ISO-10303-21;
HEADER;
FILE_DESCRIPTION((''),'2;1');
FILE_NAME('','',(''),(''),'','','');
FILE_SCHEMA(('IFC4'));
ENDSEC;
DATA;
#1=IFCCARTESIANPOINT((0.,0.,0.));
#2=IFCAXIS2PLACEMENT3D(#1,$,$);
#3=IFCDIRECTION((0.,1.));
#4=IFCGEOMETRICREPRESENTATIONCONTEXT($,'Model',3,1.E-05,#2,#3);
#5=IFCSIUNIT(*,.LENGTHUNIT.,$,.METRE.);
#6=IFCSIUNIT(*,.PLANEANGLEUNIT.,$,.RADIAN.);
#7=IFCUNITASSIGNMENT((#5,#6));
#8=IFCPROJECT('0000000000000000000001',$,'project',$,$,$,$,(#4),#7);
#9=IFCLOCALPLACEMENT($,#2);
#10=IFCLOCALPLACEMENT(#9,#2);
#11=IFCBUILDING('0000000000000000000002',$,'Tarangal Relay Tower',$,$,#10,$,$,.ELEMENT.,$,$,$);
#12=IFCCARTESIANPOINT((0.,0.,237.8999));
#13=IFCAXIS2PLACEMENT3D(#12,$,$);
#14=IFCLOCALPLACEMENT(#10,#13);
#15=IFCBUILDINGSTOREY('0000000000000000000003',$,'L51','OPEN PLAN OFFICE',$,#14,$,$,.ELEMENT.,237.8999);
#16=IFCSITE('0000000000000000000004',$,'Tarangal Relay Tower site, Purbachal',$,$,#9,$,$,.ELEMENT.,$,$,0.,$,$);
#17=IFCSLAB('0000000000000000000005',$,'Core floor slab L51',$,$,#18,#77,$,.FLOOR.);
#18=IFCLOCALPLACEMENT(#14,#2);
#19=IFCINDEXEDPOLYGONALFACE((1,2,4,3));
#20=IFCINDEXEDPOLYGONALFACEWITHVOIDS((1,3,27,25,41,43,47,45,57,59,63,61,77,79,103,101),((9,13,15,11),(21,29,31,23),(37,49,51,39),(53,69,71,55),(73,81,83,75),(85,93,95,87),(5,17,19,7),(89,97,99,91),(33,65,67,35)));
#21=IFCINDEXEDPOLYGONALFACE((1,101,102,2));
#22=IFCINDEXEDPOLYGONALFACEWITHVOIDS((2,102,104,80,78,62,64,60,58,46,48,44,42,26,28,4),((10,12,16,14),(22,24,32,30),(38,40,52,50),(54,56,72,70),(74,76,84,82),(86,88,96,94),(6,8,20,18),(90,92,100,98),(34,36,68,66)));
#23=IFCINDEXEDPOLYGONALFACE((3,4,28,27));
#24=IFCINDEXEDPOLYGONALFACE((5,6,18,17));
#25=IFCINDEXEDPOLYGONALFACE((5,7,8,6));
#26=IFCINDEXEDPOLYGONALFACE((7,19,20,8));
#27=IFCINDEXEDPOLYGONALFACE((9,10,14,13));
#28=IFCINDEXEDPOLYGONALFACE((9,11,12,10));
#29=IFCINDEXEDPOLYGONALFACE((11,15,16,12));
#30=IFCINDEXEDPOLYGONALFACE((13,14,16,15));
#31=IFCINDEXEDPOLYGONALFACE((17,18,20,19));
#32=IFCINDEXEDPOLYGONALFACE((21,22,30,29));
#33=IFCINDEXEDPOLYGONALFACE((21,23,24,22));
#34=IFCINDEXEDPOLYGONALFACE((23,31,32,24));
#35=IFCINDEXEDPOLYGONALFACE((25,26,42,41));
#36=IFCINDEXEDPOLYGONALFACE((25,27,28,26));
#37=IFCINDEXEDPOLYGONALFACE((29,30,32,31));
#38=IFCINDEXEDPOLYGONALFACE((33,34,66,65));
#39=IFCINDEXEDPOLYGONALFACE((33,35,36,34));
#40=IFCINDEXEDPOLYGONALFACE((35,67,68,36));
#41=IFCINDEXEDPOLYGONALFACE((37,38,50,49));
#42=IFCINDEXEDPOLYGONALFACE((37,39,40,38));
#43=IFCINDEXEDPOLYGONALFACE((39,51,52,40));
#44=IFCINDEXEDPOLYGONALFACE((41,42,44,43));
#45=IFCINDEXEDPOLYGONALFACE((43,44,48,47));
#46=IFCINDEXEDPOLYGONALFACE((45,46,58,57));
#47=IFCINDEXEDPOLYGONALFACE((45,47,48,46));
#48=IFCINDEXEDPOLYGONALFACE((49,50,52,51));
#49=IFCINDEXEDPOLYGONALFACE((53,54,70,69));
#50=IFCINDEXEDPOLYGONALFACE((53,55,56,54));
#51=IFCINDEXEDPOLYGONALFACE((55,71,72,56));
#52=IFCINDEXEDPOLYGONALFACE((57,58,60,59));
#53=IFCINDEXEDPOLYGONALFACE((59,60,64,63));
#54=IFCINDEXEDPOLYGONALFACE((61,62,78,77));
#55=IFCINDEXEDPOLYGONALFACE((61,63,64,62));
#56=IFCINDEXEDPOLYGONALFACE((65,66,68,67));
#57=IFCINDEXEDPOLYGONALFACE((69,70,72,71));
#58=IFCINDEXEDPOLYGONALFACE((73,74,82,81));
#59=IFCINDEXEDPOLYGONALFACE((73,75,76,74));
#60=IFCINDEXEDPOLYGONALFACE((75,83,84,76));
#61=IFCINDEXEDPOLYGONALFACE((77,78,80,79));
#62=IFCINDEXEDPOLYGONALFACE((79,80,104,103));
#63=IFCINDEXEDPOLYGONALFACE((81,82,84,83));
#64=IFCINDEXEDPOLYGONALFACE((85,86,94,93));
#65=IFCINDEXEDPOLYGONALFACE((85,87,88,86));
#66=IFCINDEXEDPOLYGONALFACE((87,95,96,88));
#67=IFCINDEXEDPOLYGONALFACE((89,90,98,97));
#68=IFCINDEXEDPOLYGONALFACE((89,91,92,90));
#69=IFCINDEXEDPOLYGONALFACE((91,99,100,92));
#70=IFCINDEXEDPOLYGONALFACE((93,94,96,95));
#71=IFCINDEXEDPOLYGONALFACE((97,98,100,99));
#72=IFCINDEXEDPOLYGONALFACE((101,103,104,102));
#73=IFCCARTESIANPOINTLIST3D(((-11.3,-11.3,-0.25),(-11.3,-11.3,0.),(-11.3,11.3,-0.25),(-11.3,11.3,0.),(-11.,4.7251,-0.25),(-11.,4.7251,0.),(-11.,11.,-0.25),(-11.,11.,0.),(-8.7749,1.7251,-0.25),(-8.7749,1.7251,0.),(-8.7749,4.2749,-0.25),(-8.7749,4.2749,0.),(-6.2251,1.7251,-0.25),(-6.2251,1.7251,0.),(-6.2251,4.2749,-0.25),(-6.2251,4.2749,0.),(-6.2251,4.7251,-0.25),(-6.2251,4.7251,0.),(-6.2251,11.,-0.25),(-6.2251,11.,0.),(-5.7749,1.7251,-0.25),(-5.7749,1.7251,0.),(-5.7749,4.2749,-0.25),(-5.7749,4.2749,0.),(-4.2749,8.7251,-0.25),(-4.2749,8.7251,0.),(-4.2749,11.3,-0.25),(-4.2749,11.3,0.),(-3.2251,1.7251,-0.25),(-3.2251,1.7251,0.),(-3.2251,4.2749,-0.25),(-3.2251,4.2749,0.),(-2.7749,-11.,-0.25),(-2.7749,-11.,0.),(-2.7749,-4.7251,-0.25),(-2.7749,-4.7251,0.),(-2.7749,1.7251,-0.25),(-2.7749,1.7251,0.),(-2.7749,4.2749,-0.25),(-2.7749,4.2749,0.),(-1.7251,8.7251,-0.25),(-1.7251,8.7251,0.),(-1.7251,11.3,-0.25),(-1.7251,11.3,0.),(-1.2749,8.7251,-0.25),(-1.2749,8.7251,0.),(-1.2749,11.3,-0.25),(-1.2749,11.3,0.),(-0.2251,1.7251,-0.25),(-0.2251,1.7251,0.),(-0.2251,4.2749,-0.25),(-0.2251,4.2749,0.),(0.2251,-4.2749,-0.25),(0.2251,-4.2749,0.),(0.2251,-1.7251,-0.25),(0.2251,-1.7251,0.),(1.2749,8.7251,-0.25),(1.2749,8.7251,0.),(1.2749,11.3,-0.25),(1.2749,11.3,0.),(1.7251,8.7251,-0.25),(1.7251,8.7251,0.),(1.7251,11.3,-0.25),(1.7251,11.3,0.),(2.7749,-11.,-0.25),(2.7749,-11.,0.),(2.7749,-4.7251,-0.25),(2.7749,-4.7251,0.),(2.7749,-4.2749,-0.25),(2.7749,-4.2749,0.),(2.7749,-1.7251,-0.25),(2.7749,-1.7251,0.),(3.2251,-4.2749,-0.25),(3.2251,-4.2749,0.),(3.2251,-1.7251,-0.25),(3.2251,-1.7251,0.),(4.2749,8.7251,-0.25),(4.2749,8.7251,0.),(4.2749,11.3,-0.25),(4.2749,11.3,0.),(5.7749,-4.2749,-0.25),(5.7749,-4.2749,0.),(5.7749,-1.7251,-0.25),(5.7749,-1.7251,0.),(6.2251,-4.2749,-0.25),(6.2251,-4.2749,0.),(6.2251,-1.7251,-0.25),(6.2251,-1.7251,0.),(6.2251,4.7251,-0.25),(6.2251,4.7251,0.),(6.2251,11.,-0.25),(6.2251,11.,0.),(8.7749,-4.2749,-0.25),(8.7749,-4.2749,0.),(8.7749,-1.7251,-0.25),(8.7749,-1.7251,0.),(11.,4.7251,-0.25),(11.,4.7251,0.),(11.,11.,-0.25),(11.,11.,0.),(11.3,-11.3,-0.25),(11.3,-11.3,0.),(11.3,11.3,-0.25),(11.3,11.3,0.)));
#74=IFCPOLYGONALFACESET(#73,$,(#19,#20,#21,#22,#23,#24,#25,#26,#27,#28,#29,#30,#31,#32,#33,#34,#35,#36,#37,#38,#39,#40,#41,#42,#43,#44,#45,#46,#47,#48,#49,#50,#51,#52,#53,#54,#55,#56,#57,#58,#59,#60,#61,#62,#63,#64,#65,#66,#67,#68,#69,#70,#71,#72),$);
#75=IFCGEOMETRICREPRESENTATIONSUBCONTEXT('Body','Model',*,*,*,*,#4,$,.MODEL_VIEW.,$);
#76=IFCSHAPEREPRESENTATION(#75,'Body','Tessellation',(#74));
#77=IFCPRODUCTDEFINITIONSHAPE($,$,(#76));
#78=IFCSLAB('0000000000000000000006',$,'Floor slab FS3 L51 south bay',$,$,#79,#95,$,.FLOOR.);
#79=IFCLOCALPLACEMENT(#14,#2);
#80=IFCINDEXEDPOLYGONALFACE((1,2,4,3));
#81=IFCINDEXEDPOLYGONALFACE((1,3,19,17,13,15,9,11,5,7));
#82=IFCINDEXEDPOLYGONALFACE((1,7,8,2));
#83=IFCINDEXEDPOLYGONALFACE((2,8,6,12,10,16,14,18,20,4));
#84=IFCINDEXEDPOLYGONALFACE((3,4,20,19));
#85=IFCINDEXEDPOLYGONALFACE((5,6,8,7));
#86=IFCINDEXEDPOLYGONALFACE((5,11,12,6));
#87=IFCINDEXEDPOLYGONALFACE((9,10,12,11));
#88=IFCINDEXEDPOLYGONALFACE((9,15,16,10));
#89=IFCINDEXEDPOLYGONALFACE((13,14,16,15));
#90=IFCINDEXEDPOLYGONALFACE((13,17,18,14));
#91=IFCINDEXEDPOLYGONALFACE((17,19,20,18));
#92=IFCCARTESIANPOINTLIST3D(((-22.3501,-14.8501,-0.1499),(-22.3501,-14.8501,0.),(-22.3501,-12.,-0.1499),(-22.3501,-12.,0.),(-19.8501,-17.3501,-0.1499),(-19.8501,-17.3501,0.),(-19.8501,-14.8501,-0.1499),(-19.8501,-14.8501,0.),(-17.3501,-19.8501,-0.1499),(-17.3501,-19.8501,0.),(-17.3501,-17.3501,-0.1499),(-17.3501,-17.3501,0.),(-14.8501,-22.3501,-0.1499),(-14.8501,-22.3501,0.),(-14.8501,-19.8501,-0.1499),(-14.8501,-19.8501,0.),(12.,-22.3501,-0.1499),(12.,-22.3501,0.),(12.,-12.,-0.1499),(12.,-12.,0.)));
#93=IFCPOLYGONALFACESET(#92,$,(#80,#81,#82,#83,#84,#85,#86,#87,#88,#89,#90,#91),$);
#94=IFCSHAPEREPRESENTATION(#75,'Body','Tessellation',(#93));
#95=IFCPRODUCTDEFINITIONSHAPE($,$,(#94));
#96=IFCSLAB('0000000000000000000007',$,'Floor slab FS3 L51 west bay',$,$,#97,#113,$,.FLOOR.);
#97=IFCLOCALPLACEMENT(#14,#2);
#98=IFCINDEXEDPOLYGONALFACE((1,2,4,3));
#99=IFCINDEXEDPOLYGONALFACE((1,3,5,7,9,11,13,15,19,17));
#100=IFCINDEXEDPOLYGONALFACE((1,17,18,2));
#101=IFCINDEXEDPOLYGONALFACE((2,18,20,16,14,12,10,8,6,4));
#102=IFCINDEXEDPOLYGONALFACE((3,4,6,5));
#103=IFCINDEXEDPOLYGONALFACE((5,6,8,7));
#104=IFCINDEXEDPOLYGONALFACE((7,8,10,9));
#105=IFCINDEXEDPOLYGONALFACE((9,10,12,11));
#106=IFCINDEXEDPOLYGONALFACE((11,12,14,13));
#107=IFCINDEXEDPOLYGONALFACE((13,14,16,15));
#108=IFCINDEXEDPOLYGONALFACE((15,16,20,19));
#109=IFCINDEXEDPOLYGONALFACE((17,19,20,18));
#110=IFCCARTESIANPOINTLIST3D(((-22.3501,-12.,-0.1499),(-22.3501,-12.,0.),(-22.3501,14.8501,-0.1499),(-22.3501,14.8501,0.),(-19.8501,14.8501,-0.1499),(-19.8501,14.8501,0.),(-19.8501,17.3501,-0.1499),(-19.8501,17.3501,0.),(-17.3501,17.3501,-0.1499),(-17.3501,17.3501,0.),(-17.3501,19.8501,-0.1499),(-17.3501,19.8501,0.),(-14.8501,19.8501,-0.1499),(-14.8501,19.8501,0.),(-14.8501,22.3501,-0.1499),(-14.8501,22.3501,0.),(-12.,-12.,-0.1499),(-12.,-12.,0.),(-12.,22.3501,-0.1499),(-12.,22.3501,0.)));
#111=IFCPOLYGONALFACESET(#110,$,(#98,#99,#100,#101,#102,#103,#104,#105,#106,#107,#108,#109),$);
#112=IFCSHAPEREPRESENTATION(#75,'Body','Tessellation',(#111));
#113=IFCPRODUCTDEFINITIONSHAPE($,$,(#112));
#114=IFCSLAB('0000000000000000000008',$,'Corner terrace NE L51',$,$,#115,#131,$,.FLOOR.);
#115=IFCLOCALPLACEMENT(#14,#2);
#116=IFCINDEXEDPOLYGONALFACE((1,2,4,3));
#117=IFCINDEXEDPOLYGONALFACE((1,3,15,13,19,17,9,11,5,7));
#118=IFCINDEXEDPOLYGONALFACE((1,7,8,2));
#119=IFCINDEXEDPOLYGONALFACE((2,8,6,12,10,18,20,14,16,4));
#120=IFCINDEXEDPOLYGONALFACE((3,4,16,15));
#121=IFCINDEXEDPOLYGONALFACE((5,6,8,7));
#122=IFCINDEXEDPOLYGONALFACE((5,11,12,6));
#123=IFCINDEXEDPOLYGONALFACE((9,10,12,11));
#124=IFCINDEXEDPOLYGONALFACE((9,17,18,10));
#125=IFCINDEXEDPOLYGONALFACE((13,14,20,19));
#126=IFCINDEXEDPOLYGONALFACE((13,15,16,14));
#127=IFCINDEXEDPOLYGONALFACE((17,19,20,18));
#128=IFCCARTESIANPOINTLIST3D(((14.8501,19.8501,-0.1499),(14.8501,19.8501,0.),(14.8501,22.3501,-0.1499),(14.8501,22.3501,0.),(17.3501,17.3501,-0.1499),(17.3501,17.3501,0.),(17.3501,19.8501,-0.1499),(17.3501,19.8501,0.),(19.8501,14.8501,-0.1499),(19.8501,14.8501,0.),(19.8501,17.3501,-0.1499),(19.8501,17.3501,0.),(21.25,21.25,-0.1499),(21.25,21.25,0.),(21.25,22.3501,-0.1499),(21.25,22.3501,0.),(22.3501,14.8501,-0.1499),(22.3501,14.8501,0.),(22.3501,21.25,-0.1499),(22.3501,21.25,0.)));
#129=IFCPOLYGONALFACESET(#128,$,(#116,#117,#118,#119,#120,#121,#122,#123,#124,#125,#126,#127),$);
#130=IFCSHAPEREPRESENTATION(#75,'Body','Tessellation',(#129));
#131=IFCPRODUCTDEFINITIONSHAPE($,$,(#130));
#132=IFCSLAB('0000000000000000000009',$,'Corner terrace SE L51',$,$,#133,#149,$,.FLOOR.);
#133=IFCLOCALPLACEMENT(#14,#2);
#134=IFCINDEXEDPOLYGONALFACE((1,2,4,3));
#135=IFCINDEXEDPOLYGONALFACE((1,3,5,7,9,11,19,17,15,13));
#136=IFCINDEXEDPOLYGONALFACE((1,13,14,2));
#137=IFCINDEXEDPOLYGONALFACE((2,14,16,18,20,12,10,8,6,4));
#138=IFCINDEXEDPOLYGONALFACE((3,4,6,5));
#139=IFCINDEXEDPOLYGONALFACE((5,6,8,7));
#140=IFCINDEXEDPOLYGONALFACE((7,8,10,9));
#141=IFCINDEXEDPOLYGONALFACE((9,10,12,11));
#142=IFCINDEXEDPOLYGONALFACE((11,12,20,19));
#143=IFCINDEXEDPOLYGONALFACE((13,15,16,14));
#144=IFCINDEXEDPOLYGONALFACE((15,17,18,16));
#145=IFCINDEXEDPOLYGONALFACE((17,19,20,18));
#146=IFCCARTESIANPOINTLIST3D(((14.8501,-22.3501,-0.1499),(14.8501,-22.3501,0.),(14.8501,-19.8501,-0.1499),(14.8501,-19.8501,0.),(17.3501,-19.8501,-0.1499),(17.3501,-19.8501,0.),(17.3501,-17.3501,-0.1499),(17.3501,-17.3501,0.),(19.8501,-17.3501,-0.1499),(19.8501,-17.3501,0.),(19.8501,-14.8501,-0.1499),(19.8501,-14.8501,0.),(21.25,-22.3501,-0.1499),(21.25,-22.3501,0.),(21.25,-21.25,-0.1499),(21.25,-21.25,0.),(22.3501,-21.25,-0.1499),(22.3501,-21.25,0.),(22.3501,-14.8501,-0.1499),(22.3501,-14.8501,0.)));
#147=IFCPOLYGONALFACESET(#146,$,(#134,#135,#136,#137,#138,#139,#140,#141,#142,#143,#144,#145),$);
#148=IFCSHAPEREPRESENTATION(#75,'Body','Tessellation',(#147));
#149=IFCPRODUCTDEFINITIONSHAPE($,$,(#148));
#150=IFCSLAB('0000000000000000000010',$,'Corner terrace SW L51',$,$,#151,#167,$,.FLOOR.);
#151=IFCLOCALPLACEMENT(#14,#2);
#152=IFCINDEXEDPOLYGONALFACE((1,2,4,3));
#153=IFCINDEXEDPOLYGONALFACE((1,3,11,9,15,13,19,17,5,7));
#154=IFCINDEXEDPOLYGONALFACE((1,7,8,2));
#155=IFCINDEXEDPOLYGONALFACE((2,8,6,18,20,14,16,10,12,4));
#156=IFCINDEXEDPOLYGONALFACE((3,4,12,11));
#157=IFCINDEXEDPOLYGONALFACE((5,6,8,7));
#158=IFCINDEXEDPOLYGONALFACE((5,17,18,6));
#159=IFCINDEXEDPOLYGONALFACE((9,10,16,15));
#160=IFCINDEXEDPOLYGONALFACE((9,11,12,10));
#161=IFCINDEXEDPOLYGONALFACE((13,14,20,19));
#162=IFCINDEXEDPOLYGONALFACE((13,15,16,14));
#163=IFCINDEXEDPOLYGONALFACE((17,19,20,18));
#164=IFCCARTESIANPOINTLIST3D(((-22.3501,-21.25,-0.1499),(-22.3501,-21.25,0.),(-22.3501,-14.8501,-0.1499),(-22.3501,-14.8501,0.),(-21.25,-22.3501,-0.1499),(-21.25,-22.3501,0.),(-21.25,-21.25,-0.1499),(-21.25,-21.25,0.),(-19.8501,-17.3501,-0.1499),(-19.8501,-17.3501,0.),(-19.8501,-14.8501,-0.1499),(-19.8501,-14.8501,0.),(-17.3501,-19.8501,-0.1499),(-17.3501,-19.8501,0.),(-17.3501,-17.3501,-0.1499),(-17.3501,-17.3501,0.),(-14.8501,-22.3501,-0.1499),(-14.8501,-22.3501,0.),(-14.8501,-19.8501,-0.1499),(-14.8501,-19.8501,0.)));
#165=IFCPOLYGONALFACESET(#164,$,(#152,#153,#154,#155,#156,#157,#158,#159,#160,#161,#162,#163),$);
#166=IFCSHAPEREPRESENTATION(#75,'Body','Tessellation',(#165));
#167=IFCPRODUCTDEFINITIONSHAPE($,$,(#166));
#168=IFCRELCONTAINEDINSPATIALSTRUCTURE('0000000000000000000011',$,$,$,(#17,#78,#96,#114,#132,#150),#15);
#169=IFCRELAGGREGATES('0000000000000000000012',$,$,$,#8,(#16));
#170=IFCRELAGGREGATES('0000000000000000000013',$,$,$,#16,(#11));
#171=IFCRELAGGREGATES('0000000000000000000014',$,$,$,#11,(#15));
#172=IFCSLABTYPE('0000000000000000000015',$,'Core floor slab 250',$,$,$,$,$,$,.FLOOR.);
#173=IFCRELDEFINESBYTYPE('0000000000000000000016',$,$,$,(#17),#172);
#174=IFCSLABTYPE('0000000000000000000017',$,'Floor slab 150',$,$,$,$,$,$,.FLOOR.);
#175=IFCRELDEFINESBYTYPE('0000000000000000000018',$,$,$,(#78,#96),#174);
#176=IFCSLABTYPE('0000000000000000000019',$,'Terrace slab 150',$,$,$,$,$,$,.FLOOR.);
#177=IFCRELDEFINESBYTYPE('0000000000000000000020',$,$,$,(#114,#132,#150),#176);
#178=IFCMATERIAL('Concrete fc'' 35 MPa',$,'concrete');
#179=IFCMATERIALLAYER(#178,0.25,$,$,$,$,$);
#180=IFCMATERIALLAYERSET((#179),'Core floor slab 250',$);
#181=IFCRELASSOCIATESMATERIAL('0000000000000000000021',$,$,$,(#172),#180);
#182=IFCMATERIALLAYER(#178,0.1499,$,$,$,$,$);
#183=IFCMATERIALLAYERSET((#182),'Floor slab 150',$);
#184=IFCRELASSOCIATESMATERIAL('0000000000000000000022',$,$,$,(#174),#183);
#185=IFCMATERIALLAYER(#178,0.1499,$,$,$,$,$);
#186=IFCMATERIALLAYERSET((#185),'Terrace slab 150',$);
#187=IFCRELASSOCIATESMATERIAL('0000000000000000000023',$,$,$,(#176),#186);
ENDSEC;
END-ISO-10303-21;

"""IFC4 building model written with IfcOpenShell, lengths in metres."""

from ifc_helpers import new_model, si_unit, direction, frame, origin, place, context, subcontext, project, spatial, polyline, outline, extrude, material, layer, layer_set, type_object, element, save


model = new_model("IFC4")

# Units and contexts
model_context = context("Model", 3, precision=1e-05, world=origin(), true_north=direction((0.0, 1.0)))
body_context = subcontext(model_context, "Body", "Model", "MODEL_VIEW")
ifc_project = project(units=[si_unit("LENGTHUNIT", "METRE"), si_unit("PLANEANGLEUNIT", "RADIAN")], contexts=[model_context])

# Site, building, storey
site_placement = place(None, origin())
site = spatial("IfcSite", under=ifc_project, at=site_placement, Name="Tarangal Relay Tower site, Purbachal", CompositionType="ELEMENT", RefElevation=0.0)
building_placement = place(site_placement, origin())
building = spatial("IfcBuilding", under=site, at=building_placement, Name="Tarangal Relay Tower", CompositionType="ELEMENT")
storey_placement = place(building_placement, frame((0.0, 0.0, 237.8999)))
storey = spatial("IfcBuildingStorey", under=building, at=storey_placement, Name="L51", Description="OPEN PLAN OFFICE", CompositionType="ELEMENT", Elevation=237.8999)

# Slabs
ifc_material_1 = material(Name="Concrete fc' 35 MPa", Category="concrete")
ifc_layer_1 = layer(ifc_material_1, 0.25)
ifc_layer_set_1 = layer_set([ifc_layer_1], Name="Core floor slab 250")
slab_type_1 = type_object("IfcSlabType", Name="Core floor slab 250", PredefinedType="FLOOR", material=ifc_layer_set_1)
slab_1_placement = place(storey_placement, frame((0.0, 0.0, -0.25)))
element("IfcSlab", 1, at=slab_1_placement, inside=storey, type_object=slab_type_1, Name="Core floor slab L51", PredefinedType="FLOOR", context=body_context, shape_type="SweptSolid", body=[
    extrude(outline(polyline([(11.3, 11.3), (11.3, -11.3), (-11.3, -11.3), (-11.3, 11.3), (-4.2749, 11.3), (-4.2749, 8.7251), (-1.7251, 8.7251), (-1.7251, 11.3), (-1.2749, 11.3), (-1.2749, 8.7251), (1.2749, 8.7251), (1.2749, 11.3), (1.7251, 11.3), (1.7251, 8.7251), (4.2749, 8.7251), (4.2749, 11.3), (11.3, 11.3)]), holes=[polyline([(-6.2251, 4.2749), (-8.7749, 4.2749), (-8.7749, 1.7251), (-6.2251, 1.7251), (-6.2251, 4.2749)]), polyline([(-3.2251, 1.7251), (-3.2251, 4.2749), (-5.7749, 4.2749), (-5.7749, 1.7251), (-3.2251, 1.7251)]), polyline([(-0.2251, 1.7251), (-0.2251, 4.2749), (-2.7749, 4.2749), (-2.7749, 1.7251), (-0.2251, 1.7251)]), polyline([(-6.2251, 11.0), (-11.0, 11.0), (-11.0, 4.7251), (-6.2251, 4.7251), (-6.2251, 11.0)]), polyline([(2.7749, -4.7251), (-2.7749, -4.7251), (-2.7749, -11.0), (2.7749, -11.0), (2.7749, -4.7251)]), polyline([(2.7749, -4.2749), (2.7749, -1.7251), (0.2251, -1.7251), (0.2251, -4.2749), (2.7749, -4.2749)]), polyline([(5.7749, -4.2749), (5.7749, -1.7251), (3.2251, -1.7251), (3.2251, -4.2749), (5.7749, -4.2749)]), polyline([(8.7749, -1.7251), (6.2251, -1.7251), (6.2251, -4.2749), (8.7749, -4.2749), (8.7749, -1.7251)]), polyline([(11.0, 4.7251), (11.0, 11.0), (6.2251, 11.0), (6.2251, 4.7251), (11.0, 4.7251)])]), origin(), (0.0, 0.0, 1.0), 0.25),
])
ifc_layer_2 = layer(ifc_material_1, 0.1499)
ifc_layer_set_2 = layer_set([ifc_layer_2], Name="Floor slab 150")
slab_type_2 = type_object("IfcSlabType", Name="Floor slab 150", PredefinedType="FLOOR", material=ifc_layer_set_2)
slab_2_placement = place(storey_placement, frame((0.0, 0.0, -0.1499)))
element("IfcSlab", 2, at=slab_2_placement, inside=storey, type_object=slab_type_2, Name="Floor slab FS3 L51 south bay", PredefinedType="FLOOR", context=body_context, shape_type="SweptSolid", body=[
    extrude(outline(polyline([(-14.8501, -22.3501), (-14.8501, -19.8501), (-17.3501, -19.8501), (-17.3501, -17.3501), (-19.8501, -17.3501), (-19.8501, -14.8501), (-22.3501, -14.8501), (-22.3501, -12.0), (12.0, -12.0), (12.0, -22.3501), (-14.8501, -22.3501)])), origin(), (0.0, 0.0, 1.0), 0.1499),
])
slab_3_placement = place(storey_placement, frame((0.0, 0.0, -0.1499)))
element("IfcSlab", 3, at=slab_3_placement, inside=storey, type_object=slab_type_2, Name="Floor slab FS3 L51 west bay", PredefinedType="FLOOR", context=body_context, shape_type="SweptSolid", body=[
    extrude(outline(polyline([(-12.0, 22.3501), (-12.0, -12.0), (-22.3501, -12.0), (-22.3501, 14.8501), (-19.8501, 14.8501), (-19.8501, 17.3501), (-17.3501, 17.3501), (-17.3501, 19.8501), (-14.8501, 19.8501), (-14.8501, 22.3501), (-12.0, 22.3501)])), origin(), (0.0, 0.0, 1.0), 0.1499),
])
ifc_layer_3 = layer(ifc_material_1, 0.1499)
ifc_layer_set_3 = layer_set([ifc_layer_3], Name="Terrace slab 150")
slab_type_3 = type_object("IfcSlabType", Name="Terrace slab 150", PredefinedType="FLOOR", material=ifc_layer_set_3)
slab_4_placement = place(storey_placement, frame((0.0, 0.0, -0.1499)))
element("IfcSlab", 4, at=slab_4_placement, inside=storey, type_object=slab_type_3, Name="Corner terrace NE L51", PredefinedType="FLOOR", context=body_context, shape_type="SweptSolid", body=[
    extrude(outline(polyline([(14.8501, 22.3501), (14.8501, 19.8501), (17.3501, 19.8501), (17.3501, 17.3501), (19.8501, 17.3501), (19.8501, 14.8501), (22.3501, 14.8501), (22.3501, 21.25), (21.25, 21.25), (21.25, 22.3501), (14.8501, 22.3501)])), origin(), (0.0, 0.0, 1.0), 0.1499),
])
slab_5_placement = place(storey_placement, frame((0.0, 0.0, -0.1499)))
element("IfcSlab", 5, at=slab_5_placement, inside=storey, type_object=slab_type_3, Name="Corner terrace SE L51", PredefinedType="FLOOR", context=body_context, shape_type="SweptSolid", body=[
    extrude(outline(polyline([(22.3501, -14.8501), (19.8501, -14.8501), (19.8501, -17.3501), (17.3501, -17.3501), (17.3501, -19.8501), (14.8501, -19.8501), (14.8501, -22.3501), (21.25, -22.3501), (21.25, -21.25), (22.3501, -21.25), (22.3501, -14.8501)])), origin(), (0.0, 0.0, 1.0), 0.1499),
])
slab_6_placement = place(storey_placement, frame((0.0, 0.0, -0.1499)))
element("IfcSlab", 6, at=slab_6_placement, inside=storey, type_object=slab_type_3, Name="Corner terrace SW L51", PredefinedType="FLOOR", context=body_context, shape_type="SweptSolid", body=[
    extrude(outline(polyline([(-14.8501, -22.3501), (-14.8501, -19.8501), (-17.3501, -19.8501), (-17.3501, -17.3501), (-19.8501, -17.3501), (-19.8501, -14.8501), (-22.3501, -14.8501), (-22.3501, -21.25), (-21.25, -21.25), (-21.25, -22.3501), (-14.8501, -22.3501)])), origin(), (0.0, 0.0, 1.0), 0.1499),
])

save(model, "model.ifc")
